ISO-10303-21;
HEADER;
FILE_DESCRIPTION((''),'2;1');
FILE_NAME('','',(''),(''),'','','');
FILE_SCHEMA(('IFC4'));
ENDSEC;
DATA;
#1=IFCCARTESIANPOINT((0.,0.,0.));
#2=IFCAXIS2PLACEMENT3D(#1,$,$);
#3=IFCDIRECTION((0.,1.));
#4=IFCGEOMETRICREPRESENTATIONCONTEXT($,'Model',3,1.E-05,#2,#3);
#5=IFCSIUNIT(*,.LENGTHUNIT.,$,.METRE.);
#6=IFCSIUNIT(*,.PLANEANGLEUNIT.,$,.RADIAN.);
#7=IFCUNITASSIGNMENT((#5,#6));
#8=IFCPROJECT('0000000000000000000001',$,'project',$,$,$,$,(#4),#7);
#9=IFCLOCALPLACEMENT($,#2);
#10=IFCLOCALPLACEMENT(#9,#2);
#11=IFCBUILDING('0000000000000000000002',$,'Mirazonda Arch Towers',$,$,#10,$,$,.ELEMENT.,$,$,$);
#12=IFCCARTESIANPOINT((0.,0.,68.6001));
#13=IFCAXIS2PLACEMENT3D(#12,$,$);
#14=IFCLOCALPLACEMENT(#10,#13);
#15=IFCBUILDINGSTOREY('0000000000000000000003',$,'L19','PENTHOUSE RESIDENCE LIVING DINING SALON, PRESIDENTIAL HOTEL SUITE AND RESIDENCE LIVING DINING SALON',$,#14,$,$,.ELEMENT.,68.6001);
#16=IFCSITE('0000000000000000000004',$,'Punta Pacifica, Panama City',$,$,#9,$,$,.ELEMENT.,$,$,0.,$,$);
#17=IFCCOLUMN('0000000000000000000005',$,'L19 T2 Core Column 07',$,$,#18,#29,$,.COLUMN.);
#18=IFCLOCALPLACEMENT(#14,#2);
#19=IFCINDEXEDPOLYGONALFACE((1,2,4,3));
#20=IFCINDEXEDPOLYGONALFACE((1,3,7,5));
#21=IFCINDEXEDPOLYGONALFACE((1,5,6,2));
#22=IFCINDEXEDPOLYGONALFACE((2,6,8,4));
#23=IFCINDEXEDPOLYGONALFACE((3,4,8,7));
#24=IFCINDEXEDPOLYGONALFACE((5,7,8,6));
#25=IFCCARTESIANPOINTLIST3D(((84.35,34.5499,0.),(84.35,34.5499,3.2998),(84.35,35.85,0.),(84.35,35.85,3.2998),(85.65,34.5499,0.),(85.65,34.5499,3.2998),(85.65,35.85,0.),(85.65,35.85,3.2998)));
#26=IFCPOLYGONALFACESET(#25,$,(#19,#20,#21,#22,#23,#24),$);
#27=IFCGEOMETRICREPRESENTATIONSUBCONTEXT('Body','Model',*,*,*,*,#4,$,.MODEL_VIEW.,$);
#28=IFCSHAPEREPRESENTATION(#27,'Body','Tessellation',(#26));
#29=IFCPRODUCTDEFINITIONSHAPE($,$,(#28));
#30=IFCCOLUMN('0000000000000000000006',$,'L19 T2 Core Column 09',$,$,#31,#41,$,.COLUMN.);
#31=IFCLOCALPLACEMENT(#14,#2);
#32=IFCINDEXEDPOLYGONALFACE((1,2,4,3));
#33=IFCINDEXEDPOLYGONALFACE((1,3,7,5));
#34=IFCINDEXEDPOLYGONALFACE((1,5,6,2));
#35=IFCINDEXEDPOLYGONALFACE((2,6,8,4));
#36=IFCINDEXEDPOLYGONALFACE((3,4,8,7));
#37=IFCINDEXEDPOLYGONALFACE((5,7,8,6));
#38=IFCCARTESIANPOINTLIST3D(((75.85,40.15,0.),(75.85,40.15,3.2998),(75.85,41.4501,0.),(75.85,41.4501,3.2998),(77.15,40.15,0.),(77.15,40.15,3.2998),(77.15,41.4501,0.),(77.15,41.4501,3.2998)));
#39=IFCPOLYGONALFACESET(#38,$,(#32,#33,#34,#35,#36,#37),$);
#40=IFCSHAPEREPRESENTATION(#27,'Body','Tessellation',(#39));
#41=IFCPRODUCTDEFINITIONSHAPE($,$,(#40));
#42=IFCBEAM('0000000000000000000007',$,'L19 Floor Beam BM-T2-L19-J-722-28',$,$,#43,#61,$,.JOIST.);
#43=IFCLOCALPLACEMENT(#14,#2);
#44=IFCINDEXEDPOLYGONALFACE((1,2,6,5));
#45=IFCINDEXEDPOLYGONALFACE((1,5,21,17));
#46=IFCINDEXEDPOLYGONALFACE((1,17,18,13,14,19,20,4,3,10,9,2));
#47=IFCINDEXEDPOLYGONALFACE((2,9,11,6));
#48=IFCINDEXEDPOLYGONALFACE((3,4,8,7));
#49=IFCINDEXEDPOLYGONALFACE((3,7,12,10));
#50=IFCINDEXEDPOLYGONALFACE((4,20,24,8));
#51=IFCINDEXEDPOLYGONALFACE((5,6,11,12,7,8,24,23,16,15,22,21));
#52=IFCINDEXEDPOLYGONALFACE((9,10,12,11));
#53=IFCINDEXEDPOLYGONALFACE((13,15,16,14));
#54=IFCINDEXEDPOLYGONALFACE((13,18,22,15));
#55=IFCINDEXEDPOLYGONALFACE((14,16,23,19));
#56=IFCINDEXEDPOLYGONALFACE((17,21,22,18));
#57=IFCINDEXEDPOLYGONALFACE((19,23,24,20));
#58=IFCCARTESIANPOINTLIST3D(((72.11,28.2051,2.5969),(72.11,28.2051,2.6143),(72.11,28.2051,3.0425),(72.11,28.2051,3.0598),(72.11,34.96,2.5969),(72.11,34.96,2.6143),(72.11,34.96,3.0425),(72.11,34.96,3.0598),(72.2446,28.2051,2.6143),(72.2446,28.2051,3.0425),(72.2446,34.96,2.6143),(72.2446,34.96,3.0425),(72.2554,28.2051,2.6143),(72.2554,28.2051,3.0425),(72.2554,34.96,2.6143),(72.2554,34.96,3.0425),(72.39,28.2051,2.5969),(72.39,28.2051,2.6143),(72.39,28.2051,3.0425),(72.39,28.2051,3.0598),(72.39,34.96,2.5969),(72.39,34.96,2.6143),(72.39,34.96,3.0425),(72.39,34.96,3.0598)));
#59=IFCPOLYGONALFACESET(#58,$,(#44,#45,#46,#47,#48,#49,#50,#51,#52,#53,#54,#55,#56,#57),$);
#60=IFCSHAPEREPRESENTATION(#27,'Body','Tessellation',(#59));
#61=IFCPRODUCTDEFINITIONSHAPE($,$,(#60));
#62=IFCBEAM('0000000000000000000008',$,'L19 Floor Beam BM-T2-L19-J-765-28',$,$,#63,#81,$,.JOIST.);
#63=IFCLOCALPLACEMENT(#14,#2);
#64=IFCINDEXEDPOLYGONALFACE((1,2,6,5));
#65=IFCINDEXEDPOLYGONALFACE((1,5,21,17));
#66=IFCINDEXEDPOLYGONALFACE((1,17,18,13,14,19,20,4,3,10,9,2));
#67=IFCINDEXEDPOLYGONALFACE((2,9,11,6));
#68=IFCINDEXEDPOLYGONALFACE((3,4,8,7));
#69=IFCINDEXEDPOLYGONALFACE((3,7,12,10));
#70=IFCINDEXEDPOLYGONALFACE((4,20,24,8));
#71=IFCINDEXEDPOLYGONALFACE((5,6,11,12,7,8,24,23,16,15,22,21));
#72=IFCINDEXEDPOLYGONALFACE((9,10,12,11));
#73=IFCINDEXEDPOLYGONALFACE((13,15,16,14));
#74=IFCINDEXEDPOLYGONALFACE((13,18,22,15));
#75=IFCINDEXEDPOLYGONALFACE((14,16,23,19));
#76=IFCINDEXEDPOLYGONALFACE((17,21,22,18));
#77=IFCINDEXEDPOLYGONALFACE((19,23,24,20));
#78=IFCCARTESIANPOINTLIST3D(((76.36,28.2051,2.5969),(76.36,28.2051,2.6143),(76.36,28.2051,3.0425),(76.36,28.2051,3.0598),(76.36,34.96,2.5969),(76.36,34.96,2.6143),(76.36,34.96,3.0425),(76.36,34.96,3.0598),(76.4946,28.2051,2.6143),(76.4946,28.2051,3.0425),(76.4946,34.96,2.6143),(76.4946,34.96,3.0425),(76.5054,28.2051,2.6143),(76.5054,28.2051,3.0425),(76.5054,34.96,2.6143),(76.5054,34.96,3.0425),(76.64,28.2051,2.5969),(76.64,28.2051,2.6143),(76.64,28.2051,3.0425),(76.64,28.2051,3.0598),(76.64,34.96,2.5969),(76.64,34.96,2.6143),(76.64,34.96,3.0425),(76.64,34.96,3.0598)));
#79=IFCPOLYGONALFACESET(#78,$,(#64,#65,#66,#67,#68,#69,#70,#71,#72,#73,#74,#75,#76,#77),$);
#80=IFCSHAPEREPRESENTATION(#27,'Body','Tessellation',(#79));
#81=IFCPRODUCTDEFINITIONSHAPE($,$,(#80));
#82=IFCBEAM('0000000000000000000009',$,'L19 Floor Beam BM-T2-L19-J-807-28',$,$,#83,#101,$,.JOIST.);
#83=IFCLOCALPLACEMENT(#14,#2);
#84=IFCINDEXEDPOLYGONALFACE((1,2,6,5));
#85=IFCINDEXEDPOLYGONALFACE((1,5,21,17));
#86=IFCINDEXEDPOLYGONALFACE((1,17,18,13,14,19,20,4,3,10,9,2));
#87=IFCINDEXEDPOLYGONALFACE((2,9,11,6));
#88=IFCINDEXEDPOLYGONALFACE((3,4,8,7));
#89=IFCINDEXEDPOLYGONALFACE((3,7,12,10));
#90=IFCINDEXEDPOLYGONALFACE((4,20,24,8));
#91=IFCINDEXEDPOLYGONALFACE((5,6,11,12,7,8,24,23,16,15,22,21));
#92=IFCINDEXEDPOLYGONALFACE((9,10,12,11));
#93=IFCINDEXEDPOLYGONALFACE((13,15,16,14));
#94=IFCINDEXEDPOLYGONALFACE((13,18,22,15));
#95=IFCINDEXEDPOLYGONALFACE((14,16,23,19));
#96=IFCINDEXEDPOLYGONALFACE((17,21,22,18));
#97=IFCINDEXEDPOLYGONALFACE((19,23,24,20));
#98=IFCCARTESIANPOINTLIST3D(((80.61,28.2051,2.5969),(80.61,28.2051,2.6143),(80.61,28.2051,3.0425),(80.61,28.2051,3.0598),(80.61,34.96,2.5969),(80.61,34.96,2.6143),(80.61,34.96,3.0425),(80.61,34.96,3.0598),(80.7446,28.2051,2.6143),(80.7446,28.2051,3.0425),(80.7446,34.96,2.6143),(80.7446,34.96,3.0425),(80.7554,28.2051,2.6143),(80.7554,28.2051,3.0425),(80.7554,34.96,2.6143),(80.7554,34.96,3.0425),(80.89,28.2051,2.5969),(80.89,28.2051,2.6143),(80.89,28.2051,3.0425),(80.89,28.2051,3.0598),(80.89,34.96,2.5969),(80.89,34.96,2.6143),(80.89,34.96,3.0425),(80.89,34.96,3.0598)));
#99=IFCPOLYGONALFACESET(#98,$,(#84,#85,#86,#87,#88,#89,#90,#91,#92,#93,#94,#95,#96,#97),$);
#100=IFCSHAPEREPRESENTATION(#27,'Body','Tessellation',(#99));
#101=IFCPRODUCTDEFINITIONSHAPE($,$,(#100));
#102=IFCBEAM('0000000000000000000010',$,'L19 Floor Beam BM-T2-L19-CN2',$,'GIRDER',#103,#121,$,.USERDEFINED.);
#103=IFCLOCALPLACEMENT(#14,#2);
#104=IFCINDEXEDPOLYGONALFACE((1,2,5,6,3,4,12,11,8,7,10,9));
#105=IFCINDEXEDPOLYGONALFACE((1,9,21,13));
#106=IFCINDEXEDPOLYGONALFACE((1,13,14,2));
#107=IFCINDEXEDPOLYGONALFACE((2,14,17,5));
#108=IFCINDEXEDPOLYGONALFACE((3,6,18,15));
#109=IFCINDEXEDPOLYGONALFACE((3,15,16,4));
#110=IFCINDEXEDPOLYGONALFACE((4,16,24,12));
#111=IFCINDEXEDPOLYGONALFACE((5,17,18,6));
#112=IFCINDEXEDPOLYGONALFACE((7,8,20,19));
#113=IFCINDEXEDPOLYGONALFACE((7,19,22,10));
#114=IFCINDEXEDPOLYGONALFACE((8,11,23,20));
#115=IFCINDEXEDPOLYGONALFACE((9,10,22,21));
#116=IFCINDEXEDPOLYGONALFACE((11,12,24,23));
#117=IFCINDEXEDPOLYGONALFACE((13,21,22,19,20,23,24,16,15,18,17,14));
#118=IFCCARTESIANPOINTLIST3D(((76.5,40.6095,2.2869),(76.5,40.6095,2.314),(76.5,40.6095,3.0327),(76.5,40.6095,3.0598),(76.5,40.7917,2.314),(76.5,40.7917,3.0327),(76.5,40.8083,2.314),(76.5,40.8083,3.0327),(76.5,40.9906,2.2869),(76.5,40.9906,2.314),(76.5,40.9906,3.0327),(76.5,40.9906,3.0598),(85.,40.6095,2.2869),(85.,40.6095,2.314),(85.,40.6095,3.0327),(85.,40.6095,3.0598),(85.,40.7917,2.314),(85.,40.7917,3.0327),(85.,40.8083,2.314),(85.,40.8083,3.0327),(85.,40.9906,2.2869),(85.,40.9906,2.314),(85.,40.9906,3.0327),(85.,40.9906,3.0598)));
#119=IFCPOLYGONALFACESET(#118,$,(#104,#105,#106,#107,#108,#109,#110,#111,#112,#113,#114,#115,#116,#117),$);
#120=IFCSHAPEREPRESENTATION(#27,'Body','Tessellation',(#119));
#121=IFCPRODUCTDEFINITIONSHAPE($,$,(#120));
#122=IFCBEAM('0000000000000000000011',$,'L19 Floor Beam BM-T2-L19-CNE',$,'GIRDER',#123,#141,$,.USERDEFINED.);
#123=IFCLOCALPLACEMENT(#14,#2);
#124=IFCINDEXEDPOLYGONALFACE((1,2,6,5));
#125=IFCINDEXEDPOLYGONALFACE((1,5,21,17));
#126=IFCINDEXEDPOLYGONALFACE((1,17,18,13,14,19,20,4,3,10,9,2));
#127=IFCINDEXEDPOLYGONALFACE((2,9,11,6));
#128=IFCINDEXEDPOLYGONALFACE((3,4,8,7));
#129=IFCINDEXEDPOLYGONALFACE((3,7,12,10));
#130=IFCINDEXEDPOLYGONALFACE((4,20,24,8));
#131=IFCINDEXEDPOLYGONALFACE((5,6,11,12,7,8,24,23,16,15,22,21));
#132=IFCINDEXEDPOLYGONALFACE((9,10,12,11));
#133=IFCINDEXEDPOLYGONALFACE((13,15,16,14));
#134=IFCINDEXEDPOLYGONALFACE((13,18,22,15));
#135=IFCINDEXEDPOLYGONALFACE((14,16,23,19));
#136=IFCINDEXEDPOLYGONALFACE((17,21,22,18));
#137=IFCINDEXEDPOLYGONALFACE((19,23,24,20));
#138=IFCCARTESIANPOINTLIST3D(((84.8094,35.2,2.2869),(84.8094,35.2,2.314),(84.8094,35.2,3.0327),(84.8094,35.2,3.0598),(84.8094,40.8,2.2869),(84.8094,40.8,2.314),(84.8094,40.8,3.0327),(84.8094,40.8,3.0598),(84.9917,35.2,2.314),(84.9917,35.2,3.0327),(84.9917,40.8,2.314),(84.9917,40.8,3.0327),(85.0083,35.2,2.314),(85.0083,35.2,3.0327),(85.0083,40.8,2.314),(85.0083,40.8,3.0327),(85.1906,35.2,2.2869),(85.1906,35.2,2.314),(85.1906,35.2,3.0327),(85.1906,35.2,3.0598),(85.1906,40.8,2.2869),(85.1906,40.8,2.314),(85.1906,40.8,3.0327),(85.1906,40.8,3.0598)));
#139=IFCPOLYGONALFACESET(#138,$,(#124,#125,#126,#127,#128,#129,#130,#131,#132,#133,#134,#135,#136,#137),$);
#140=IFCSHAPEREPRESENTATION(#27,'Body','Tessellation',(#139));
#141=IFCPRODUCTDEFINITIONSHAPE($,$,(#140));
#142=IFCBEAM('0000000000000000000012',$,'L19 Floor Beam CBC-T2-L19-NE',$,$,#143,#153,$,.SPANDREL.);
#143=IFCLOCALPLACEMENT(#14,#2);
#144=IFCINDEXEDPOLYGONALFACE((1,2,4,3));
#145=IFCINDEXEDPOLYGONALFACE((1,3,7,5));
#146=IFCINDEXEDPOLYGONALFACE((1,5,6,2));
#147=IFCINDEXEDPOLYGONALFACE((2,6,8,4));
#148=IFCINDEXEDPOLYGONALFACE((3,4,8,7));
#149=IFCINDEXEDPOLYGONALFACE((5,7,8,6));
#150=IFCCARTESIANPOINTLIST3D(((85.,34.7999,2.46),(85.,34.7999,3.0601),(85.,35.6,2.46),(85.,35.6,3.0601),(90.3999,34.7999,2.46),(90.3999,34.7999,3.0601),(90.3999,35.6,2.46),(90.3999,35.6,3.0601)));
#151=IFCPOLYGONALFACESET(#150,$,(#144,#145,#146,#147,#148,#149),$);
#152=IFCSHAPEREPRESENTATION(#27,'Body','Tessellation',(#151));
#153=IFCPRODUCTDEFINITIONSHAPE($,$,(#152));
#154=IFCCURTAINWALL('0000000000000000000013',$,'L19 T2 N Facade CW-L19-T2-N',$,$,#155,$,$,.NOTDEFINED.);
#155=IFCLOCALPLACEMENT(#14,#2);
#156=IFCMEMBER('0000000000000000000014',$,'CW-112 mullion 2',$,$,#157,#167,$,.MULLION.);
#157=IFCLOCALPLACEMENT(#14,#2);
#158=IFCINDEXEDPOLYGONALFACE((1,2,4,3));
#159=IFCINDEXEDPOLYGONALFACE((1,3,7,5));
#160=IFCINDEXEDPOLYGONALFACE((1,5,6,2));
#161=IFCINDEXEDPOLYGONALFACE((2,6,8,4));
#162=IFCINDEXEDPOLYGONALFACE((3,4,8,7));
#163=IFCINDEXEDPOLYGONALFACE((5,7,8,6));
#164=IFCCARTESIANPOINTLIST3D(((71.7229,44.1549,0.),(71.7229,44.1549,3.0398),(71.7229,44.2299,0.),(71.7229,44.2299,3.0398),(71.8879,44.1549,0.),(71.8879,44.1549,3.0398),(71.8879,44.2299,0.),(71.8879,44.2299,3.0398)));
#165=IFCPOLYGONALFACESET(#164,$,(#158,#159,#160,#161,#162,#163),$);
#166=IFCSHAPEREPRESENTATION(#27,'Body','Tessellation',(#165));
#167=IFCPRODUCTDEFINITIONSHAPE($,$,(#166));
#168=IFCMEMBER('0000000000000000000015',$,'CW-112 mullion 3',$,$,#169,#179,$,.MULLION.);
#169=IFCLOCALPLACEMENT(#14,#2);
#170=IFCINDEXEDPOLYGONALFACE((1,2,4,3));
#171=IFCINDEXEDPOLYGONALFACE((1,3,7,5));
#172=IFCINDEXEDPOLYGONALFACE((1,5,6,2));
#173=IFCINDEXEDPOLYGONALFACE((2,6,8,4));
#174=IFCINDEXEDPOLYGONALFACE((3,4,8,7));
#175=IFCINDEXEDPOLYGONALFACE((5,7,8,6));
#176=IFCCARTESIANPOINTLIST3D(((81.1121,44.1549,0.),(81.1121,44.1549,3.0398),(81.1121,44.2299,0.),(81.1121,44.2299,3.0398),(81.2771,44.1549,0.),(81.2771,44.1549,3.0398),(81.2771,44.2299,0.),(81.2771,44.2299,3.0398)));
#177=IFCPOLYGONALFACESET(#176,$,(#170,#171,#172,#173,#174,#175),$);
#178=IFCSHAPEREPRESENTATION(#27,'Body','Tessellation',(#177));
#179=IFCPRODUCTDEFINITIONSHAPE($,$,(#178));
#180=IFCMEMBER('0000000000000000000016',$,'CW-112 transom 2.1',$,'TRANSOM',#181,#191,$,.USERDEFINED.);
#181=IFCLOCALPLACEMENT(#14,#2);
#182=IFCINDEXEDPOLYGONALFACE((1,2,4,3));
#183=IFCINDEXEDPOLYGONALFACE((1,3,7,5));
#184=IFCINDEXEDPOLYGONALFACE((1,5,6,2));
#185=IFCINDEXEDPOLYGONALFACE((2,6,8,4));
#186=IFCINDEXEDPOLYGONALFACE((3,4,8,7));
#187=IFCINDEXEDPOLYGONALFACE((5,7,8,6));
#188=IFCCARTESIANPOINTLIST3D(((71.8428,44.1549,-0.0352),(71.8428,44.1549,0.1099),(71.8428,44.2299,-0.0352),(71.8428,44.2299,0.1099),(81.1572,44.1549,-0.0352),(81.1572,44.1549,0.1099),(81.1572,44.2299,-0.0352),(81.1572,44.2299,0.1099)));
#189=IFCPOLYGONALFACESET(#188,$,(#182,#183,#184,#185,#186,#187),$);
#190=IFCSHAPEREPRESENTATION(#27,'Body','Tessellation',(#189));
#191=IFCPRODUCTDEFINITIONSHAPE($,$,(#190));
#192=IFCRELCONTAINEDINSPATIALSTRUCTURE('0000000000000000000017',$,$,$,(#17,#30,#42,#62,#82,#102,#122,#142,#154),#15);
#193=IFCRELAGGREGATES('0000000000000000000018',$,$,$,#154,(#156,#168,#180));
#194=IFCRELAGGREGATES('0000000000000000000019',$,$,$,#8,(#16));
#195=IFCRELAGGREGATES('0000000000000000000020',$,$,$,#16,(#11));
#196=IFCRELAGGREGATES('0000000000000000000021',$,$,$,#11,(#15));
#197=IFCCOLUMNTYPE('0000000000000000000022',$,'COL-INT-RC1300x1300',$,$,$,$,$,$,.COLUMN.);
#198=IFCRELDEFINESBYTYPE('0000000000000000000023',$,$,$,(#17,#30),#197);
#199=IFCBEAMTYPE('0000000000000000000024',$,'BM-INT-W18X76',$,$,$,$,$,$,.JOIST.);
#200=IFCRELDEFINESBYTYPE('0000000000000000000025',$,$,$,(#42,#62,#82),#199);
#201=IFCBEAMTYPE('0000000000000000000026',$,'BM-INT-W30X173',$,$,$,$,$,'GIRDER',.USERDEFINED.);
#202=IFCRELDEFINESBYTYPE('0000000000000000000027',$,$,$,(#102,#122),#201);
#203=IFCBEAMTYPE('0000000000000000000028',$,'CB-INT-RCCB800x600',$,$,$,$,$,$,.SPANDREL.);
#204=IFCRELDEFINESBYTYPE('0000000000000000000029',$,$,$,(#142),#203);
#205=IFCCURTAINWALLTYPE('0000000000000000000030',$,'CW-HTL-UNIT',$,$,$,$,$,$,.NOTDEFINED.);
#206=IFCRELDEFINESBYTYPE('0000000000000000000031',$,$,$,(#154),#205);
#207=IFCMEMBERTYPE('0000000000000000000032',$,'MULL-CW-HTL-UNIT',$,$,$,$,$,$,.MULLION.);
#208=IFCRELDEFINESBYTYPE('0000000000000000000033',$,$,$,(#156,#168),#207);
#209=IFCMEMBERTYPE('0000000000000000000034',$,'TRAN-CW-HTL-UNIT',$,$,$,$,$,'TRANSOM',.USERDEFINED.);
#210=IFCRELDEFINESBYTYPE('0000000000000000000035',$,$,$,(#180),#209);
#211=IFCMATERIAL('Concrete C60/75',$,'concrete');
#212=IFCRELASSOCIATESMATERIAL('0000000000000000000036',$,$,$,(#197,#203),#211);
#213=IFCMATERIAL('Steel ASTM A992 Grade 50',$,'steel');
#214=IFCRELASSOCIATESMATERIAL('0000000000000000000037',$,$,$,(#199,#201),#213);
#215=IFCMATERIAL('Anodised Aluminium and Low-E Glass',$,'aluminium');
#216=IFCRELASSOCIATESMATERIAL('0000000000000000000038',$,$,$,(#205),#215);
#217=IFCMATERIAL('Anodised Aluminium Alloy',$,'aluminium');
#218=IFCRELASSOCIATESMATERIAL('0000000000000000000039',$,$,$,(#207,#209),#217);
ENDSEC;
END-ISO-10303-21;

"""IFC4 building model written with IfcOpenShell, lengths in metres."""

from ifc_helpers import new_model, si_unit, direction, frame, origin, origin_2d, place, context, subcontext, project, spatial, rectangle, i_section, extrude, material, material_profile, profile_set, type_object, element, aggregate, save


model = new_model("IFC4")

# Units and contexts
model_context = context("Model", 3, precision=1e-05, world=origin(), true_north=direction((0.0, 1.0)))
body_context = subcontext(model_context, "Body", "Model", "MODEL_VIEW")
ifc_project = project(units=[si_unit("LENGTHUNIT", "METRE"), si_unit("PLANEANGLEUNIT", "RADIAN")], contexts=[model_context])

# Site, building, storey
site_placement = place(None, origin())
site = spatial("IfcSite", under=ifc_project, at=site_placement, Name="Punta Pacifica, Panama City", CompositionType="ELEMENT", RefElevation=0.0)
building_placement = place(site_placement, origin())
building = spatial("IfcBuilding", under=site, at=building_placement, Name="Mirazonda Arch Towers", CompositionType="ELEMENT")
storey_placement = place(building_placement, frame((0.0, 0.0, 68.6001)))
storey = spatial("IfcBuildingStorey", under=building, at=storey_placement, Name="L19", Description="PENTHOUSE RESIDENCE LIVING DINING SALON, PRESIDENTIAL HOTEL SUITE AND RESIDENCE LIVING DINING SALON", CompositionType="ELEMENT", Elevation=68.6001)

# Columns
ifc_material_1 = material(Name="Concrete C60/75", Category="concrete")
ifc_material_profile_1 = material_profile(ifc_material_1, rectangle(XDim=1.3, YDim=1.3, at=origin_2d()), Name="RC1300x1300")
ifc_profile_set_1 = profile_set([ifc_material_profile_1], Name="Concrete C60/75")
column_type = type_object("IfcColumnType", Name="COL-INT-RC1300x1300", PredefinedType="COLUMN", material=ifc_profile_set_1)
for number, where, z_axis, x_axis, name in (
    (1, (85.0, 35.2, 0.0), (0.0, 0.0, 1.0), (1.0, 0.0, 0.0), "L19 T2 Core Column 07"),
    (2, (76.5, 40.8, 0.0), (0.0, 0.0, 1.0), (1.0, 0.0, 0.0), "L19 T2 Core Column 09"),
):
    element("IfcColumn", number, at=place(storey_placement, frame(where, z_axis=z_axis, x_axis=x_axis)), inside=storey, type_object=column_type, Name=name, PredefinedType="COLUMN", context=body_context, shape_type="SweptSolid", body=[
        extrude(rectangle(XDim=1.3, YDim=1.3, at=origin_2d()), origin(), (0.0, 0.0, 1.0), 3.2998),
    ])

# Beams
ifc_material_2 = material(Name="Steel ASTM A992 Grade 50", Category="steel")
ifc_material_profile_2 = material_profile(ifc_material_2, i_section(OverallWidth=0.28, OverallDepth=0.4629, WebThickness=0.0107, FlangeThickness=0.0173, at=origin_2d()), Name="W18X76")
ifc_profile_set_2 = profile_set([ifc_material_profile_2], Name="Steel ASTM A992 Grade 50")
beam_type_1 = type_object("IfcBeamType", Name="BM-INT-W18X76", PredefinedType="JOIST", material=ifc_profile_set_2)
for number, where, z_axis, x_axis, name in (
    (3, (72.25, 28.2051, 2.8284), (0.0, 1.0, 0.0), (-1.0, 0.0, 0.0), "L19 Floor Beam BM-T2-L19-J-722-28"),
    (4, (76.5, 28.2051, 2.8284), (0.0, 1.0, 0.0), (-1.0, 0.0, 0.0), "L19 Floor Beam BM-T2-L19-J-765-28"),
    (5, (80.75, 28.2051, 2.8284), (0.0, 1.0, 0.0), (-1.0, 0.0, 0.0), "L19 Floor Beam BM-T2-L19-J-807-28"),
):
    element("IfcBeam", number, at=place(storey_placement, frame(where, z_axis=z_axis, x_axis=x_axis)), inside=storey, type_object=beam_type_1, Name=name, PredefinedType="JOIST", context=body_context, shape_type="SweptSolid", body=[
        extrude(i_section(OverallWidth=0.28, OverallDepth=0.4629, WebThickness=0.0107, FlangeThickness=0.0173, at=origin_2d()), origin(), (0.0, 0.0, 1.0), 6.7549),
    ])
ifc_material_profile_3 = material_profile(ifc_material_2, i_section(OverallWidth=0.3811, OverallDepth=0.7729, WebThickness=0.0166, FlangeThickness=0.0271, at=origin_2d()), Name="W30X173")
ifc_profile_set_3 = profile_set([ifc_material_profile_3], Name="Steel ASTM A992 Grade 50")
beam_type_2 = type_object("IfcBeamType", Name="BM-INT-W30X173", ElementType="GIRDER", PredefinedType="USERDEFINED", material=ifc_profile_set_3)
beam_1_placement = place(storey_placement, frame((76.5, 40.8, 2.6733), z_axis=(1.0, 0.0, 0.0), x_axis=(0.0, 1.0, 0.0)))
element("IfcBeam", 6, at=beam_1_placement, inside=storey, type_object=beam_type_2, Name="L19 Floor Beam BM-T2-L19-CN2", ObjectType="GIRDER", PredefinedType="USERDEFINED", context=body_context, shape_type="SweptSolid", body=[
    extrude(i_section(OverallWidth=0.3811, OverallDepth=0.7729, WebThickness=0.0166, FlangeThickness=0.0271, at=origin_2d()), origin(), (0.0, 0.0, 1.0), 8.5),
])
beam_2_placement = place(storey_placement, frame((85.0, 35.2, 2.6733), z_axis=(0.0, 1.0, 0.0), x_axis=(-1.0, 0.0, 0.0)))
element("IfcBeam", 7, at=beam_2_placement, inside=storey, type_object=beam_type_2, Name="L19 Floor Beam BM-T2-L19-CNE", ObjectType="GIRDER", PredefinedType="USERDEFINED", context=body_context, shape_type="SweptSolid", body=[
    extrude(i_section(OverallWidth=0.3811, OverallDepth=0.7729, WebThickness=0.0166, FlangeThickness=0.0271, at=origin_2d()), origin(), (0.0, 0.0, 1.0), 5.6001),
])
ifc_material_profile_4 = material_profile(ifc_material_1, rectangle(XDim=0.8, YDim=0.6001, at=origin_2d()), Name="RCCB800x600")
ifc_profile_set_4 = profile_set([ifc_material_profile_4], Name="Concrete C60/75")
beam_type_3 = type_object("IfcBeamType", Name="CB-INT-RCCB800x600", PredefinedType="SPANDREL", material=ifc_profile_set_4)
beam_3_placement = place(storey_placement, frame((85.0, 35.2, 2.76), z_axis=(1.0, 0.0, 0.0), x_axis=(0.0, 1.0, 0.0)))
element("IfcBeam", 8, at=beam_3_placement, inside=storey, type_object=beam_type_3, Name="L19 Floor Beam CBC-T2-L19-NE", PredefinedType="SPANDREL", context=body_context, shape_type="SweptSolid", body=[
    extrude(rectangle(XDim=0.8, YDim=0.6001, at=origin_2d()), origin(), (0.0, 0.0, 1.0), 5.3999),
])

# Curtain wall, members
ifc_material_3 = material(Name="Anodised Aluminium and Low-E Glass", Category="aluminium")
curtain_wall_type = type_object("IfcCurtainWallType", Name="CW-HTL-UNIT", PredefinedType="NOTDEFINED", material=ifc_material_3)
curtain_wall_placement = place(storey_placement, origin())
curtain_wall = element("IfcCurtainWall", 9, at=curtain_wall_placement, inside=storey, type_object=curtain_wall_type, Name="L19 T2 N Facade CW-L19-T2-N", PredefinedType="NOTDEFINED")
ifc_material_4 = material(Name="Anodised Aluminium Alloy", Category="aluminium")
ifc_material_profile_5 = material_profile(ifc_material_4, rectangle(XDim=0.075, YDim=0.165, at=origin_2d()), Name="ALU-MULL-75x165")
ifc_profile_set_5 = profile_set([ifc_material_profile_5], Name="Anodised Aluminium Alloy")
member_type_1 = type_object("IfcMemberType", Name="MULL-CW-HTL-UNIT", PredefinedType="MULLION", material=ifc_profile_set_5)
member_1_placement = place(storey_placement, frame((71.8054, 44.1924, 0.0), z_axis=(0.0, 0.0, 1.0), x_axis=(0.0, 1.0, 0.0)))
member_1 = element("IfcMember", 10, at=member_1_placement, type_object=member_type_1, Name="CW-112 mullion 2", PredefinedType="MULLION", context=body_context, shape_type="SweptSolid", body=[
    extrude(rectangle(XDim=0.075, YDim=0.165, at=origin_2d()), origin(), (0.0, 0.0, 1.0), 3.0398),
])
member_2_placement = place(storey_placement, frame((81.1946, 44.1924, 0.0), z_axis=(0.0, 0.0, 1.0), x_axis=(0.0, 1.0, 0.0)))
member_2 = element("IfcMember", 11, at=member_2_placement, type_object=member_type_1, Name="CW-112 mullion 3", PredefinedType="MULLION", context=body_context, shape_type="SweptSolid", body=[
    extrude(rectangle(XDim=0.075, YDim=0.165, at=origin_2d()), origin(), (0.0, 0.0, 1.0), 3.0398),
])
ifc_material_profile_6 = material_profile(ifc_material_4, rectangle(XDim=0.075, YDim=0.145, at=origin_2d()), Name="ALU-TRAN-75x145")
ifc_profile_set_6 = profile_set([ifc_material_profile_6], Name="Anodised Aluminium Alloy")
member_type_2 = type_object("IfcMemberType", Name="TRAN-CW-HTL-UNIT", ElementType="TRANSOM", PredefinedType="USERDEFINED", material=ifc_profile_set_6)
member_3_placement = place(storey_placement, frame((71.8428, 44.1924, 0.0374), z_axis=(1.0, 0.0, 0.0), x_axis=(0.0, 1.0, 0.0)))
member_3 = element("IfcMember", 12, at=member_3_placement, type_object=member_type_2, Name="CW-112 transom 2.1", ObjectType="TRANSOM", PredefinedType="USERDEFINED", context=body_context, shape_type="SweptSolid", body=[
    extrude(rectangle(XDim=0.075, YDim=0.145, at=origin_2d()), origin(), (0.0, 0.0, 1.0), 9.3145),
])
aggregate(curtain_wall, [member_1, member_2, member_3])

save(model, "model.ifc")
